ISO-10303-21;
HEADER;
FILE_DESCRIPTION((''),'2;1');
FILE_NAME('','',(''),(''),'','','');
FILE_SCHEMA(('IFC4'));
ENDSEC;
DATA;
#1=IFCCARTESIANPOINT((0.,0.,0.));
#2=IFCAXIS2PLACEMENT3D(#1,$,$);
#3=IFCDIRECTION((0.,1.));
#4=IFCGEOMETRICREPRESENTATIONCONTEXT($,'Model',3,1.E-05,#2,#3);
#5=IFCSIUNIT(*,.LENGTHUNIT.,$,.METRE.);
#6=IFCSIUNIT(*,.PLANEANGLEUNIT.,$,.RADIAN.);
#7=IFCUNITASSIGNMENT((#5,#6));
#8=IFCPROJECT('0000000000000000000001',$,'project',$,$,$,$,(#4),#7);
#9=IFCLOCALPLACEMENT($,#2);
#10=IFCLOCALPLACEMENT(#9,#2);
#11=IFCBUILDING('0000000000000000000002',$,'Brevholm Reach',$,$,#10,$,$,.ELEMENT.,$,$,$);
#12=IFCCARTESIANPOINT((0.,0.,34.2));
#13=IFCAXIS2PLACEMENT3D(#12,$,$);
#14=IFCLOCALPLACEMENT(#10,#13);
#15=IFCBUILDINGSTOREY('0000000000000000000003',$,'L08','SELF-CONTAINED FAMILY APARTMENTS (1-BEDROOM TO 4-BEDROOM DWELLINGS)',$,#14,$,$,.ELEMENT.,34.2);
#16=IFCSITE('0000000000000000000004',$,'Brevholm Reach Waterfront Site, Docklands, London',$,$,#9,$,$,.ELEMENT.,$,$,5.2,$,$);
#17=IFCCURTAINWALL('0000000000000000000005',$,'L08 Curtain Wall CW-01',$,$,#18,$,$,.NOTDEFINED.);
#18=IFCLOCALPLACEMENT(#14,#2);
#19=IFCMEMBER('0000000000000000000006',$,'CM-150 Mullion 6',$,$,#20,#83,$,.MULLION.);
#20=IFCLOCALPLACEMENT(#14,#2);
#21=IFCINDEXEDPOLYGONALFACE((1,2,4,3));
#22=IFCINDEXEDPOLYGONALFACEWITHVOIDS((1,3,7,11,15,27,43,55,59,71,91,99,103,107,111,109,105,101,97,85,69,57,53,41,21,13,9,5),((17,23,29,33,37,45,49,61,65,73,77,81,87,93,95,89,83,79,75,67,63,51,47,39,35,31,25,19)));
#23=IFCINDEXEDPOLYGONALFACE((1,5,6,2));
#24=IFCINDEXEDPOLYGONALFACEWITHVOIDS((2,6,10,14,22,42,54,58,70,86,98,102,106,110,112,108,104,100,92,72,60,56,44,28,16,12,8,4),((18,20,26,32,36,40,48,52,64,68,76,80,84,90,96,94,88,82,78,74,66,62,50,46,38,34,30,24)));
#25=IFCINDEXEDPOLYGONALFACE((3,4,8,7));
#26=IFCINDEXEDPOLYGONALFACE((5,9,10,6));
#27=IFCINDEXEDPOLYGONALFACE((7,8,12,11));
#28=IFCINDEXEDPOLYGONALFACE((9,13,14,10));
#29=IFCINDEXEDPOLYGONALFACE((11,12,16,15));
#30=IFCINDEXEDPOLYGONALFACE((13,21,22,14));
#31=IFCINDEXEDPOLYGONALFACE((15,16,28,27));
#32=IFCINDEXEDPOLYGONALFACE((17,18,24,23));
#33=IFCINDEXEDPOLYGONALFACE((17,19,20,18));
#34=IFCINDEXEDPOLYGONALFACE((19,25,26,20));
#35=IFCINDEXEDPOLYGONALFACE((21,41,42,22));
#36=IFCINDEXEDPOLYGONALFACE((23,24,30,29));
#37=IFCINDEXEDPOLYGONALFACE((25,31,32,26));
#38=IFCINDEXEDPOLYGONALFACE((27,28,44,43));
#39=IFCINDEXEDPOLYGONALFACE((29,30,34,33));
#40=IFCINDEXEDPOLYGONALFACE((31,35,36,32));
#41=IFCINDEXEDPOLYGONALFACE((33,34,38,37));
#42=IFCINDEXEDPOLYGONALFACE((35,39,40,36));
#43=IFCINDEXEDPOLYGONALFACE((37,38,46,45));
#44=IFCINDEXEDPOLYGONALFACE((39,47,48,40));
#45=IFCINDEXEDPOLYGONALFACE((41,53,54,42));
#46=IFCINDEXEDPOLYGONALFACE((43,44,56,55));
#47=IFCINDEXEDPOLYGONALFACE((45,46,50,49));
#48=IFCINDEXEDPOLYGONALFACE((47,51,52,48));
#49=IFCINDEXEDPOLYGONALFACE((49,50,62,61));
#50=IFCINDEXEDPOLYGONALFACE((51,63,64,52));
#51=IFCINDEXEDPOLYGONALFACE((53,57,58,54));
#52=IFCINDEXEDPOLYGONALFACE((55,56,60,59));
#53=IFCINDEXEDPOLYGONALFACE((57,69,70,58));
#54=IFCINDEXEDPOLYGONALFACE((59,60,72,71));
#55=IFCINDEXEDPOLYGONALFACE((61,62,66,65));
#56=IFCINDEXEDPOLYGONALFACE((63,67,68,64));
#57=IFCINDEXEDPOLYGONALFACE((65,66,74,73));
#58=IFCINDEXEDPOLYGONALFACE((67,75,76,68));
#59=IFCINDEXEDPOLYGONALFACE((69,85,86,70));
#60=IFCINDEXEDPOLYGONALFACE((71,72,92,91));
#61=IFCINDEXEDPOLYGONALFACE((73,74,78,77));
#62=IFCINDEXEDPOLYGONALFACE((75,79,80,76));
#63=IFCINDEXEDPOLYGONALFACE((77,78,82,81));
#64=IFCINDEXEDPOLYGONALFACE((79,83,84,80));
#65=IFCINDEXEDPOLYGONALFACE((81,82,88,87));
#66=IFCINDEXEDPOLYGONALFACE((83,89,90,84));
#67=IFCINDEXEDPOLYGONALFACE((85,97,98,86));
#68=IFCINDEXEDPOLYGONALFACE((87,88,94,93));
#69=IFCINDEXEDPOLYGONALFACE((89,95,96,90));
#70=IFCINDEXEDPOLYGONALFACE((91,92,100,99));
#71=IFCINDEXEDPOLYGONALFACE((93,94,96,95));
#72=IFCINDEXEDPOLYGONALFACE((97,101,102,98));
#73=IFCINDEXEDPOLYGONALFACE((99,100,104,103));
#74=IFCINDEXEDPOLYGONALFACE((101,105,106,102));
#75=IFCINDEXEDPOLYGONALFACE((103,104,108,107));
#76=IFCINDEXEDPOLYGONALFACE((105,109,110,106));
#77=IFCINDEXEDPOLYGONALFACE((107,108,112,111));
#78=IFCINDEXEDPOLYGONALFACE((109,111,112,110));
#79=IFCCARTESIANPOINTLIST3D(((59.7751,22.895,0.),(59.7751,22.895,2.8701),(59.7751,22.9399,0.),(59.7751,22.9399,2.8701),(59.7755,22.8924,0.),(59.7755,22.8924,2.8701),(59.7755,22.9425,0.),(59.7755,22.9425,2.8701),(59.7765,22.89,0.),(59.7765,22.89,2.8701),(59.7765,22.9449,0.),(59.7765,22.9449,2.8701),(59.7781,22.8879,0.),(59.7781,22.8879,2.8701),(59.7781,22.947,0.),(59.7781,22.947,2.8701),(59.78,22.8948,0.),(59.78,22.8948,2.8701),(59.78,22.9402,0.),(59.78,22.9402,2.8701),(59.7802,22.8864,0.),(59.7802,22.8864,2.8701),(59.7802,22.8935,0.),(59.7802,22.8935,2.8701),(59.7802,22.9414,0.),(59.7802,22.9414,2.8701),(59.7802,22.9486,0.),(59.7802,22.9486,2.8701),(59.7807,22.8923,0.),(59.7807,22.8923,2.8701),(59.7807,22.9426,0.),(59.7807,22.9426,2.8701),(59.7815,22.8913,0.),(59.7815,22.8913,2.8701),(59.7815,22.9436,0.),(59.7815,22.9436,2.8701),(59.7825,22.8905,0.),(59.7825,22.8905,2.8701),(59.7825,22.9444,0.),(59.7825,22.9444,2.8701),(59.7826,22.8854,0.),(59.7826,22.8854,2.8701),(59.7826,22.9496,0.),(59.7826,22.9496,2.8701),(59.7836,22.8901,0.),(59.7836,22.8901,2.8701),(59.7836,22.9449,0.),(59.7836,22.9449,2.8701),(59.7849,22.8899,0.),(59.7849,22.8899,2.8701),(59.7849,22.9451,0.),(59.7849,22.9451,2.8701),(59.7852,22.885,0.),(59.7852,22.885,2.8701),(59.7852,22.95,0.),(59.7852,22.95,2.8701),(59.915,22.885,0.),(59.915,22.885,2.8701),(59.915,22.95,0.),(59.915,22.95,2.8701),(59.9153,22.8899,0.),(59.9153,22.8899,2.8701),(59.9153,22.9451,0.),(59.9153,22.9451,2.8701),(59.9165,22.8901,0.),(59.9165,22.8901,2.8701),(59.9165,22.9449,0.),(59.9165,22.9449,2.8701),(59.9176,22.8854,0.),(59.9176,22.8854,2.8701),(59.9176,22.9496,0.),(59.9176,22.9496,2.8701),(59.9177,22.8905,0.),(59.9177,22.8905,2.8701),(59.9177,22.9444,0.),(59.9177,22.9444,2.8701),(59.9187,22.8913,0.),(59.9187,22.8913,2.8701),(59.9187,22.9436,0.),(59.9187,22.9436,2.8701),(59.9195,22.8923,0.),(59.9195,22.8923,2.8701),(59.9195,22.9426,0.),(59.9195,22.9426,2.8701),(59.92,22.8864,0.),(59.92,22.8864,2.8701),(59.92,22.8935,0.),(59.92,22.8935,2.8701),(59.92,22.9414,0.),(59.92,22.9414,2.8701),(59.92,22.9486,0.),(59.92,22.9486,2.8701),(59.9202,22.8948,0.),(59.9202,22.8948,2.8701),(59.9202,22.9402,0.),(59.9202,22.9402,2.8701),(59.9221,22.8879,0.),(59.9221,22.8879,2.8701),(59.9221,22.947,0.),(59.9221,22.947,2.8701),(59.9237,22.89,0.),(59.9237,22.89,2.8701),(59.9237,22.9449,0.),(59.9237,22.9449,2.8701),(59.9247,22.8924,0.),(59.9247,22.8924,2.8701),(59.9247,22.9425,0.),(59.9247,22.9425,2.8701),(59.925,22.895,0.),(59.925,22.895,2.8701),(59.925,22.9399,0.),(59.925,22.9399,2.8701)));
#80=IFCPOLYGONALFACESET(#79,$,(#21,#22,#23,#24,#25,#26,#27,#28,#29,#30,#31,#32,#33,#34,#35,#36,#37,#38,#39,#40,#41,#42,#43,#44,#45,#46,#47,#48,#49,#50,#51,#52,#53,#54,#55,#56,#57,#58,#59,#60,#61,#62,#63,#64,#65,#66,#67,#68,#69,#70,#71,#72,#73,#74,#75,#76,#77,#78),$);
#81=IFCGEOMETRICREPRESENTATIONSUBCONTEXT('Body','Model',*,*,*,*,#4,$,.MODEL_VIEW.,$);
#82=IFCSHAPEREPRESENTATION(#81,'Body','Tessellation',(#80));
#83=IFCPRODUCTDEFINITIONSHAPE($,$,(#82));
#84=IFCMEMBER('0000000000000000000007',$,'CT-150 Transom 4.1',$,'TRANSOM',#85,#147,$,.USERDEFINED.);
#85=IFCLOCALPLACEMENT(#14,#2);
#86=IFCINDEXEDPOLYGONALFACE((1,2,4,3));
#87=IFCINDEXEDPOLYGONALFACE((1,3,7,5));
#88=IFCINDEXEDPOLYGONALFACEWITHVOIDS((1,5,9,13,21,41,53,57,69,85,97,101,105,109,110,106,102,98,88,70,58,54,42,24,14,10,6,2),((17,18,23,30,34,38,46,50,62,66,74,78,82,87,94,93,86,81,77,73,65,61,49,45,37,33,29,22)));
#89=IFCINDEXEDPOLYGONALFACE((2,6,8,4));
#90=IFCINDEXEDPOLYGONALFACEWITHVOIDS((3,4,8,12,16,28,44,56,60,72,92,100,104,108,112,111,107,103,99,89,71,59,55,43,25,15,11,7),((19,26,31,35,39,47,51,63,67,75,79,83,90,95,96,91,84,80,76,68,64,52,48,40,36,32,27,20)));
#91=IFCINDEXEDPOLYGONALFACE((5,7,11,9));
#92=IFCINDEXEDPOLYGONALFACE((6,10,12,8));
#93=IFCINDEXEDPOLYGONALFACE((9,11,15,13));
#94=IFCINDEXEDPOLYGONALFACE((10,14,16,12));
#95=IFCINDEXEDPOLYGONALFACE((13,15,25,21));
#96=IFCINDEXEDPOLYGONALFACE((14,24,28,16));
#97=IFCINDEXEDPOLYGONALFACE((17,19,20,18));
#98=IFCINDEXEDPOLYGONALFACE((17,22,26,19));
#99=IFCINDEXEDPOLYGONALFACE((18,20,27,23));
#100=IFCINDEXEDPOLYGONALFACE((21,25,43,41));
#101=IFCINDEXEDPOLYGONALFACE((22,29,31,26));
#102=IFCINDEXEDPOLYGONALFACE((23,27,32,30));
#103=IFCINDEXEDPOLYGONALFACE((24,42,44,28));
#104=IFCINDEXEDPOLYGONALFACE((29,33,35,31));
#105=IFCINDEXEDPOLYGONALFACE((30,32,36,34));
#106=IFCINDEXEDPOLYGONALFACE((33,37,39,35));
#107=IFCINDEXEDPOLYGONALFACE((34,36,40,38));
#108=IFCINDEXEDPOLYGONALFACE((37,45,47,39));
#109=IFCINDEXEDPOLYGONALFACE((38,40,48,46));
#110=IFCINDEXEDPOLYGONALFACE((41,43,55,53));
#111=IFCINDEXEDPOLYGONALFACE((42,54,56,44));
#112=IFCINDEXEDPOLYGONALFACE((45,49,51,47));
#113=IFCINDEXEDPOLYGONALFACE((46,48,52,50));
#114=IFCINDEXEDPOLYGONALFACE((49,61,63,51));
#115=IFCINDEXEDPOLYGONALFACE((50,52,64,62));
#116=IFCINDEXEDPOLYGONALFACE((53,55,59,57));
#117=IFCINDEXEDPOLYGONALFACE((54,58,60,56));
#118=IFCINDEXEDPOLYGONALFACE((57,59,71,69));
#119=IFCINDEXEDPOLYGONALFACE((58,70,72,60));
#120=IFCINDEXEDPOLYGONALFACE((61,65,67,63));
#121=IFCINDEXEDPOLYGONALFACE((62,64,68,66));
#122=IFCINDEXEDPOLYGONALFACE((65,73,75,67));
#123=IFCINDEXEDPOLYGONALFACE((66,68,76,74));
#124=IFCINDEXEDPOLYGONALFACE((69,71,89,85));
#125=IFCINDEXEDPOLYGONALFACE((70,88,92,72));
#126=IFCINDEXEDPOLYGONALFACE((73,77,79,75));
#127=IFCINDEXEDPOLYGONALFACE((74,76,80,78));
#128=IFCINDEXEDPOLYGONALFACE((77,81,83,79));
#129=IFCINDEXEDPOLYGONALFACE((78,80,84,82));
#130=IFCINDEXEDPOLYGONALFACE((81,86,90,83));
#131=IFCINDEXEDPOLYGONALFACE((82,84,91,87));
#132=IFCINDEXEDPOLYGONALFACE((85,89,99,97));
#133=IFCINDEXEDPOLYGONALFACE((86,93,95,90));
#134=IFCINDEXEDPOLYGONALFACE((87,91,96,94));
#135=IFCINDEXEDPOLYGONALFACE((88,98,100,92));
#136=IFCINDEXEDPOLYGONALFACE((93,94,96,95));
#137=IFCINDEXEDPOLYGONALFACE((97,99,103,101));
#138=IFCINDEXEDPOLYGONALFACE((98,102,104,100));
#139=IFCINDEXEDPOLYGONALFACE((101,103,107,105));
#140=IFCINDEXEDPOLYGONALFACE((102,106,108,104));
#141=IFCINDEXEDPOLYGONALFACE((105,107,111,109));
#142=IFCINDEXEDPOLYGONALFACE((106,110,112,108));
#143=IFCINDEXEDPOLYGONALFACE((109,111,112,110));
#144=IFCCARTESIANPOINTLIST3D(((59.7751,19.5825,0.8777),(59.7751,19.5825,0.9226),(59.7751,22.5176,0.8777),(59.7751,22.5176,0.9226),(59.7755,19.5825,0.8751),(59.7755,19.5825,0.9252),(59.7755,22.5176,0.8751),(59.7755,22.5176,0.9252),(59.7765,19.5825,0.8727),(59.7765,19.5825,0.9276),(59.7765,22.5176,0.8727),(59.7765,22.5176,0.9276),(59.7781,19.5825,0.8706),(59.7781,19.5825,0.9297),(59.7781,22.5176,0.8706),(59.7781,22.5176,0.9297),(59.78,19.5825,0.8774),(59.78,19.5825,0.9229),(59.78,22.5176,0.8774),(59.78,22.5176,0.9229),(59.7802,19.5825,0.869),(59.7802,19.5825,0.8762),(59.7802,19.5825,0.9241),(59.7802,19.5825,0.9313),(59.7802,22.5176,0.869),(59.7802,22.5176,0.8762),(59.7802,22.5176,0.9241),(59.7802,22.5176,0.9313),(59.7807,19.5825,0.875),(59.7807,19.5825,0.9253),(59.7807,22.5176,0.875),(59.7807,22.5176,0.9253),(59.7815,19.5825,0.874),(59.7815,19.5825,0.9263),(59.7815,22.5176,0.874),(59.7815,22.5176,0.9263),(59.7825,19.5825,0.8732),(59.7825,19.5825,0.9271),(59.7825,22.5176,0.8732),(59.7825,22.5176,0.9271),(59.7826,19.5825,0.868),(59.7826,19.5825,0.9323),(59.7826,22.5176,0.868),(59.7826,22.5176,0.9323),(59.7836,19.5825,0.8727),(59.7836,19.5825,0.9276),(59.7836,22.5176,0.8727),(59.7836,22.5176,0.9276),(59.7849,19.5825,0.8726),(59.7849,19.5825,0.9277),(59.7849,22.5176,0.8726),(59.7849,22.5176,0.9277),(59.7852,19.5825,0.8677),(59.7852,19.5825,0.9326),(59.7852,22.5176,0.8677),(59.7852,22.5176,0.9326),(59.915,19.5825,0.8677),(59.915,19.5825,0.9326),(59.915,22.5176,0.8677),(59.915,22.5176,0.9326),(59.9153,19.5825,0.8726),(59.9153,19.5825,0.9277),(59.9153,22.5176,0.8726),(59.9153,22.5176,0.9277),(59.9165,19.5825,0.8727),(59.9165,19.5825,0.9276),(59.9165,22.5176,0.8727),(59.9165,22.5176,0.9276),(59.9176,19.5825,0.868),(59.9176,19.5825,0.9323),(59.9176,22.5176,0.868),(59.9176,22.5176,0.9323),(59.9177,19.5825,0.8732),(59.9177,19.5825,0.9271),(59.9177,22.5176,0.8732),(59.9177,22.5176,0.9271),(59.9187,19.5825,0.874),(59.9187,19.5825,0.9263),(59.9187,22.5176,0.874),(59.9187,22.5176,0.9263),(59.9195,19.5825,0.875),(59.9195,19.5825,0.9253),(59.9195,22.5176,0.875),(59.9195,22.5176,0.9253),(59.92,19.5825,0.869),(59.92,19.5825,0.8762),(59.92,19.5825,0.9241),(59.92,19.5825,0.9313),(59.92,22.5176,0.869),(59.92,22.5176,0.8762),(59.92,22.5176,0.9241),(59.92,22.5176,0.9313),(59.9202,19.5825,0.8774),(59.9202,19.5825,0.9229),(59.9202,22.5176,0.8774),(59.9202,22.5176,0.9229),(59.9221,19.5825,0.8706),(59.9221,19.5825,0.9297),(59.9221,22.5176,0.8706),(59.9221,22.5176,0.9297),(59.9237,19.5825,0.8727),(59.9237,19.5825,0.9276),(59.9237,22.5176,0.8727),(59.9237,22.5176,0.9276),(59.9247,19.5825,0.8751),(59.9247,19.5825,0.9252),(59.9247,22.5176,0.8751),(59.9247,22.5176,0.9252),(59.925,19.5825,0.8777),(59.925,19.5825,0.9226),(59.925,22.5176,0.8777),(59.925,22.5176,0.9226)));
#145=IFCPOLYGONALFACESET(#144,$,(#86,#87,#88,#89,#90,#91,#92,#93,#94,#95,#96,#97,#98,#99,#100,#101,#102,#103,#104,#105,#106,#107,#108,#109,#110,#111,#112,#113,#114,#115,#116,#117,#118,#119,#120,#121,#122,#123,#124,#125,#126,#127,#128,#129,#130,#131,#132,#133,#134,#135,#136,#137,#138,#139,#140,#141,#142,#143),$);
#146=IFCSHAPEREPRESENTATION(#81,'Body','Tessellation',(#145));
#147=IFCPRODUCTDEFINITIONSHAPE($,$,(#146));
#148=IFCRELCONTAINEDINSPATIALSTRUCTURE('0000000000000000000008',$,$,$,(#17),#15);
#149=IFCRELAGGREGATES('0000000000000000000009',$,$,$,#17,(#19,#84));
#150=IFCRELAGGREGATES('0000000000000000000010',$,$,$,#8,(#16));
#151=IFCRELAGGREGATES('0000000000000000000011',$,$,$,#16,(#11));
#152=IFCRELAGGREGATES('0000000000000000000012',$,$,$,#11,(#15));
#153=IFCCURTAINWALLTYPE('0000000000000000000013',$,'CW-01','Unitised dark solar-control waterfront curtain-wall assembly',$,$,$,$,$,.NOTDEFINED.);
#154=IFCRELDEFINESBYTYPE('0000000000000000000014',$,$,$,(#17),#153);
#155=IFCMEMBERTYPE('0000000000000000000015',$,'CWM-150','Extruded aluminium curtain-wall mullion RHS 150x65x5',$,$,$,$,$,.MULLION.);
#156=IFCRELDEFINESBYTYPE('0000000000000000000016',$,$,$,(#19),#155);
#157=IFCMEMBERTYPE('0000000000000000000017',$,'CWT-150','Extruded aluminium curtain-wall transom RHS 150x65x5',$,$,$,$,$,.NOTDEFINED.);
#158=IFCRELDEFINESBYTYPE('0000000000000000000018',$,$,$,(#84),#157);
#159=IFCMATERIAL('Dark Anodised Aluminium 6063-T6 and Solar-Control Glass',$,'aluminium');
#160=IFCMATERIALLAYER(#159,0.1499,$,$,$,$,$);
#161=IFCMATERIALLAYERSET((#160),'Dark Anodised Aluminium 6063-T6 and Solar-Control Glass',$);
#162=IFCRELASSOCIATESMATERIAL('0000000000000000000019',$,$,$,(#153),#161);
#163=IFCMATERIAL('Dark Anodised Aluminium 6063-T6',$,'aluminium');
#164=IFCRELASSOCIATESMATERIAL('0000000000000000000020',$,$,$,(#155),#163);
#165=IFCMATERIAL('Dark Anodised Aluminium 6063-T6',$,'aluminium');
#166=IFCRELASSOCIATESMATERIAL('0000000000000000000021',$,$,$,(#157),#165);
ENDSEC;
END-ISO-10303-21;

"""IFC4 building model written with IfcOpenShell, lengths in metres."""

from ifc_helpers import new_model, si_unit, direction, frame, origin, origin_2d, place, context, subcontext, project, spatial, hollow_rectangle, extrude, material, layer, layer_set, material_profile, profile_set, type_object, element, aggregate, save


model = new_model("IFC4")

# Units and contexts
model_context = context("Model", 3, precision=1e-05, world=origin(), true_north=direction((0.0, 1.0)))
body_context = subcontext(model_context, "Body", "Model", "MODEL_VIEW")
ifc_project = project(units=[si_unit("LENGTHUNIT", "METRE"), si_unit("PLANEANGLEUNIT", "RADIAN")], contexts=[model_context])

# Site, building, storey
site_placement = place(None, origin())
site = spatial("IfcSite", under=ifc_project, at=site_placement, Name="Brevholm Reach Waterfront Site, Docklands, London", CompositionType="ELEMENT", RefElevation=5.2)
building_placement = place(site_placement, origin())
building = spatial("IfcBuilding", under=site, at=building_placement, Name="Brevholm Reach", CompositionType="ELEMENT")
storey_placement = place(building_placement, frame((0.0, 0.0, 34.2)))
storey = spatial("IfcBuildingStorey", under=building, at=storey_placement, Name="L08", Description="SELF-CONTAINED FAMILY APARTMENTS (1-BEDROOM TO 4-BEDROOM DWELLINGS)", CompositionType="ELEMENT", Elevation=34.2)

# Curtain wall, members
ifc_material_1 = material(Name="Dark Anodised Aluminium 6063-T6 and Solar-Control Glass", Category="aluminium")
ifc_layer_1 = layer(ifc_material_1, 0.1499)
ifc_layer_set_1 = layer_set([ifc_layer_1], Name="Dark Anodised Aluminium 6063-T6 and Solar-Control Glass")
curtain_wall_type = type_object("IfcCurtainWallType", Name="CW-01", Description="Unitised dark solar-control waterfront curtain-wall assembly", PredefinedType="NOTDEFINED", material=ifc_layer_set_1)
curtain_wall_placement = place(storey_placement, origin())
curtain_wall = element("IfcCurtainWall", 1, at=curtain_wall_placement, inside=storey, type_object=curtain_wall_type, Name="L08 Curtain Wall CW-01", PredefinedType="NOTDEFINED")
ifc_material_2 = material(Name="Dark Anodised Aluminium 6063-T6", Category="aluminium")
ifc_material_profile_1 = material_profile(ifc_material_2, hollow_rectangle(XDim=0.0649, YDim=0.1499, WallThickness=0.0049, InnerFilletRadius=0.0049, OuterFilletRadius=0.01, at=origin_2d()), Name="RHS 150x65x5")
ifc_profile_set_1 = profile_set([ifc_material_profile_1], Name="Dark Anodised Aluminium 6063-T6")
member_type_1 = type_object("IfcMemberType", Name="CWM-150", Description="Extruded aluminium curtain-wall mullion RHS 150x65x5", PredefinedType="MULLION", material=ifc_profile_set_1)
member_1_placement = place(storey_placement, frame((59.8501, 22.9175, 0.0), z_axis=(0.0, 0.0, 1.0), x_axis=(0.0, 1.0, 0.0)))
member_1 = element("IfcMember", 2, at=member_1_placement, type_object=member_type_1, Name="CM-150 Mullion 6", PredefinedType="MULLION", context=body_context, shape_type="SweptSolid", body=[
    extrude(hollow_rectangle(XDim=0.0649, YDim=0.1499, WallThickness=0.0049, InnerFilletRadius=0.0049, OuterFilletRadius=0.01, at=origin_2d()), origin(), (0.0, 0.0, 1.0), 2.8701),
])
ifc_material_3 = material(Name="Dark Anodised Aluminium 6063-T6", Category="aluminium")
ifc_material_profile_2 = material_profile(ifc_material_3, hollow_rectangle(XDim=0.0649, YDim=0.1499, WallThickness=0.0049, InnerFilletRadius=0.0049, OuterFilletRadius=0.01, at=origin_2d()), Name="RHS 150x65x5")
ifc_profile_set_2 = profile_set([ifc_material_profile_2], Name="Dark Anodised Aluminium 6063-T6")
member_type_2 = type_object("IfcMemberType", Name="CWT-150", Description="Extruded aluminium curtain-wall transom RHS 150x65x5", PredefinedType="NOTDEFINED", material=ifc_profile_set_2)
member_2_placement = place(storey_placement, frame((59.8501, 19.5825, 0.9001), z_axis=(0.0, 1.0, 0.0), x_axis=(0.0, 0.0, 1.0)))
member_2 = element("IfcMember", 3, at=member_2_placement, type_object=member_type_2, Name="CT-150 Transom 4.1", ObjectType="TRANSOM", PredefinedType="USERDEFINED", context=body_context, shape_type="SweptSolid", body=[
    extrude(hollow_rectangle(XDim=0.0649, YDim=0.1499, WallThickness=0.0049, InnerFilletRadius=0.0049, OuterFilletRadius=0.01, at=origin_2d()), origin(), (0.0, 0.0, 1.0), 2.9351),
])
aggregate(curtain_wall, [member_1, member_2])

save(model, "model.ifc")
